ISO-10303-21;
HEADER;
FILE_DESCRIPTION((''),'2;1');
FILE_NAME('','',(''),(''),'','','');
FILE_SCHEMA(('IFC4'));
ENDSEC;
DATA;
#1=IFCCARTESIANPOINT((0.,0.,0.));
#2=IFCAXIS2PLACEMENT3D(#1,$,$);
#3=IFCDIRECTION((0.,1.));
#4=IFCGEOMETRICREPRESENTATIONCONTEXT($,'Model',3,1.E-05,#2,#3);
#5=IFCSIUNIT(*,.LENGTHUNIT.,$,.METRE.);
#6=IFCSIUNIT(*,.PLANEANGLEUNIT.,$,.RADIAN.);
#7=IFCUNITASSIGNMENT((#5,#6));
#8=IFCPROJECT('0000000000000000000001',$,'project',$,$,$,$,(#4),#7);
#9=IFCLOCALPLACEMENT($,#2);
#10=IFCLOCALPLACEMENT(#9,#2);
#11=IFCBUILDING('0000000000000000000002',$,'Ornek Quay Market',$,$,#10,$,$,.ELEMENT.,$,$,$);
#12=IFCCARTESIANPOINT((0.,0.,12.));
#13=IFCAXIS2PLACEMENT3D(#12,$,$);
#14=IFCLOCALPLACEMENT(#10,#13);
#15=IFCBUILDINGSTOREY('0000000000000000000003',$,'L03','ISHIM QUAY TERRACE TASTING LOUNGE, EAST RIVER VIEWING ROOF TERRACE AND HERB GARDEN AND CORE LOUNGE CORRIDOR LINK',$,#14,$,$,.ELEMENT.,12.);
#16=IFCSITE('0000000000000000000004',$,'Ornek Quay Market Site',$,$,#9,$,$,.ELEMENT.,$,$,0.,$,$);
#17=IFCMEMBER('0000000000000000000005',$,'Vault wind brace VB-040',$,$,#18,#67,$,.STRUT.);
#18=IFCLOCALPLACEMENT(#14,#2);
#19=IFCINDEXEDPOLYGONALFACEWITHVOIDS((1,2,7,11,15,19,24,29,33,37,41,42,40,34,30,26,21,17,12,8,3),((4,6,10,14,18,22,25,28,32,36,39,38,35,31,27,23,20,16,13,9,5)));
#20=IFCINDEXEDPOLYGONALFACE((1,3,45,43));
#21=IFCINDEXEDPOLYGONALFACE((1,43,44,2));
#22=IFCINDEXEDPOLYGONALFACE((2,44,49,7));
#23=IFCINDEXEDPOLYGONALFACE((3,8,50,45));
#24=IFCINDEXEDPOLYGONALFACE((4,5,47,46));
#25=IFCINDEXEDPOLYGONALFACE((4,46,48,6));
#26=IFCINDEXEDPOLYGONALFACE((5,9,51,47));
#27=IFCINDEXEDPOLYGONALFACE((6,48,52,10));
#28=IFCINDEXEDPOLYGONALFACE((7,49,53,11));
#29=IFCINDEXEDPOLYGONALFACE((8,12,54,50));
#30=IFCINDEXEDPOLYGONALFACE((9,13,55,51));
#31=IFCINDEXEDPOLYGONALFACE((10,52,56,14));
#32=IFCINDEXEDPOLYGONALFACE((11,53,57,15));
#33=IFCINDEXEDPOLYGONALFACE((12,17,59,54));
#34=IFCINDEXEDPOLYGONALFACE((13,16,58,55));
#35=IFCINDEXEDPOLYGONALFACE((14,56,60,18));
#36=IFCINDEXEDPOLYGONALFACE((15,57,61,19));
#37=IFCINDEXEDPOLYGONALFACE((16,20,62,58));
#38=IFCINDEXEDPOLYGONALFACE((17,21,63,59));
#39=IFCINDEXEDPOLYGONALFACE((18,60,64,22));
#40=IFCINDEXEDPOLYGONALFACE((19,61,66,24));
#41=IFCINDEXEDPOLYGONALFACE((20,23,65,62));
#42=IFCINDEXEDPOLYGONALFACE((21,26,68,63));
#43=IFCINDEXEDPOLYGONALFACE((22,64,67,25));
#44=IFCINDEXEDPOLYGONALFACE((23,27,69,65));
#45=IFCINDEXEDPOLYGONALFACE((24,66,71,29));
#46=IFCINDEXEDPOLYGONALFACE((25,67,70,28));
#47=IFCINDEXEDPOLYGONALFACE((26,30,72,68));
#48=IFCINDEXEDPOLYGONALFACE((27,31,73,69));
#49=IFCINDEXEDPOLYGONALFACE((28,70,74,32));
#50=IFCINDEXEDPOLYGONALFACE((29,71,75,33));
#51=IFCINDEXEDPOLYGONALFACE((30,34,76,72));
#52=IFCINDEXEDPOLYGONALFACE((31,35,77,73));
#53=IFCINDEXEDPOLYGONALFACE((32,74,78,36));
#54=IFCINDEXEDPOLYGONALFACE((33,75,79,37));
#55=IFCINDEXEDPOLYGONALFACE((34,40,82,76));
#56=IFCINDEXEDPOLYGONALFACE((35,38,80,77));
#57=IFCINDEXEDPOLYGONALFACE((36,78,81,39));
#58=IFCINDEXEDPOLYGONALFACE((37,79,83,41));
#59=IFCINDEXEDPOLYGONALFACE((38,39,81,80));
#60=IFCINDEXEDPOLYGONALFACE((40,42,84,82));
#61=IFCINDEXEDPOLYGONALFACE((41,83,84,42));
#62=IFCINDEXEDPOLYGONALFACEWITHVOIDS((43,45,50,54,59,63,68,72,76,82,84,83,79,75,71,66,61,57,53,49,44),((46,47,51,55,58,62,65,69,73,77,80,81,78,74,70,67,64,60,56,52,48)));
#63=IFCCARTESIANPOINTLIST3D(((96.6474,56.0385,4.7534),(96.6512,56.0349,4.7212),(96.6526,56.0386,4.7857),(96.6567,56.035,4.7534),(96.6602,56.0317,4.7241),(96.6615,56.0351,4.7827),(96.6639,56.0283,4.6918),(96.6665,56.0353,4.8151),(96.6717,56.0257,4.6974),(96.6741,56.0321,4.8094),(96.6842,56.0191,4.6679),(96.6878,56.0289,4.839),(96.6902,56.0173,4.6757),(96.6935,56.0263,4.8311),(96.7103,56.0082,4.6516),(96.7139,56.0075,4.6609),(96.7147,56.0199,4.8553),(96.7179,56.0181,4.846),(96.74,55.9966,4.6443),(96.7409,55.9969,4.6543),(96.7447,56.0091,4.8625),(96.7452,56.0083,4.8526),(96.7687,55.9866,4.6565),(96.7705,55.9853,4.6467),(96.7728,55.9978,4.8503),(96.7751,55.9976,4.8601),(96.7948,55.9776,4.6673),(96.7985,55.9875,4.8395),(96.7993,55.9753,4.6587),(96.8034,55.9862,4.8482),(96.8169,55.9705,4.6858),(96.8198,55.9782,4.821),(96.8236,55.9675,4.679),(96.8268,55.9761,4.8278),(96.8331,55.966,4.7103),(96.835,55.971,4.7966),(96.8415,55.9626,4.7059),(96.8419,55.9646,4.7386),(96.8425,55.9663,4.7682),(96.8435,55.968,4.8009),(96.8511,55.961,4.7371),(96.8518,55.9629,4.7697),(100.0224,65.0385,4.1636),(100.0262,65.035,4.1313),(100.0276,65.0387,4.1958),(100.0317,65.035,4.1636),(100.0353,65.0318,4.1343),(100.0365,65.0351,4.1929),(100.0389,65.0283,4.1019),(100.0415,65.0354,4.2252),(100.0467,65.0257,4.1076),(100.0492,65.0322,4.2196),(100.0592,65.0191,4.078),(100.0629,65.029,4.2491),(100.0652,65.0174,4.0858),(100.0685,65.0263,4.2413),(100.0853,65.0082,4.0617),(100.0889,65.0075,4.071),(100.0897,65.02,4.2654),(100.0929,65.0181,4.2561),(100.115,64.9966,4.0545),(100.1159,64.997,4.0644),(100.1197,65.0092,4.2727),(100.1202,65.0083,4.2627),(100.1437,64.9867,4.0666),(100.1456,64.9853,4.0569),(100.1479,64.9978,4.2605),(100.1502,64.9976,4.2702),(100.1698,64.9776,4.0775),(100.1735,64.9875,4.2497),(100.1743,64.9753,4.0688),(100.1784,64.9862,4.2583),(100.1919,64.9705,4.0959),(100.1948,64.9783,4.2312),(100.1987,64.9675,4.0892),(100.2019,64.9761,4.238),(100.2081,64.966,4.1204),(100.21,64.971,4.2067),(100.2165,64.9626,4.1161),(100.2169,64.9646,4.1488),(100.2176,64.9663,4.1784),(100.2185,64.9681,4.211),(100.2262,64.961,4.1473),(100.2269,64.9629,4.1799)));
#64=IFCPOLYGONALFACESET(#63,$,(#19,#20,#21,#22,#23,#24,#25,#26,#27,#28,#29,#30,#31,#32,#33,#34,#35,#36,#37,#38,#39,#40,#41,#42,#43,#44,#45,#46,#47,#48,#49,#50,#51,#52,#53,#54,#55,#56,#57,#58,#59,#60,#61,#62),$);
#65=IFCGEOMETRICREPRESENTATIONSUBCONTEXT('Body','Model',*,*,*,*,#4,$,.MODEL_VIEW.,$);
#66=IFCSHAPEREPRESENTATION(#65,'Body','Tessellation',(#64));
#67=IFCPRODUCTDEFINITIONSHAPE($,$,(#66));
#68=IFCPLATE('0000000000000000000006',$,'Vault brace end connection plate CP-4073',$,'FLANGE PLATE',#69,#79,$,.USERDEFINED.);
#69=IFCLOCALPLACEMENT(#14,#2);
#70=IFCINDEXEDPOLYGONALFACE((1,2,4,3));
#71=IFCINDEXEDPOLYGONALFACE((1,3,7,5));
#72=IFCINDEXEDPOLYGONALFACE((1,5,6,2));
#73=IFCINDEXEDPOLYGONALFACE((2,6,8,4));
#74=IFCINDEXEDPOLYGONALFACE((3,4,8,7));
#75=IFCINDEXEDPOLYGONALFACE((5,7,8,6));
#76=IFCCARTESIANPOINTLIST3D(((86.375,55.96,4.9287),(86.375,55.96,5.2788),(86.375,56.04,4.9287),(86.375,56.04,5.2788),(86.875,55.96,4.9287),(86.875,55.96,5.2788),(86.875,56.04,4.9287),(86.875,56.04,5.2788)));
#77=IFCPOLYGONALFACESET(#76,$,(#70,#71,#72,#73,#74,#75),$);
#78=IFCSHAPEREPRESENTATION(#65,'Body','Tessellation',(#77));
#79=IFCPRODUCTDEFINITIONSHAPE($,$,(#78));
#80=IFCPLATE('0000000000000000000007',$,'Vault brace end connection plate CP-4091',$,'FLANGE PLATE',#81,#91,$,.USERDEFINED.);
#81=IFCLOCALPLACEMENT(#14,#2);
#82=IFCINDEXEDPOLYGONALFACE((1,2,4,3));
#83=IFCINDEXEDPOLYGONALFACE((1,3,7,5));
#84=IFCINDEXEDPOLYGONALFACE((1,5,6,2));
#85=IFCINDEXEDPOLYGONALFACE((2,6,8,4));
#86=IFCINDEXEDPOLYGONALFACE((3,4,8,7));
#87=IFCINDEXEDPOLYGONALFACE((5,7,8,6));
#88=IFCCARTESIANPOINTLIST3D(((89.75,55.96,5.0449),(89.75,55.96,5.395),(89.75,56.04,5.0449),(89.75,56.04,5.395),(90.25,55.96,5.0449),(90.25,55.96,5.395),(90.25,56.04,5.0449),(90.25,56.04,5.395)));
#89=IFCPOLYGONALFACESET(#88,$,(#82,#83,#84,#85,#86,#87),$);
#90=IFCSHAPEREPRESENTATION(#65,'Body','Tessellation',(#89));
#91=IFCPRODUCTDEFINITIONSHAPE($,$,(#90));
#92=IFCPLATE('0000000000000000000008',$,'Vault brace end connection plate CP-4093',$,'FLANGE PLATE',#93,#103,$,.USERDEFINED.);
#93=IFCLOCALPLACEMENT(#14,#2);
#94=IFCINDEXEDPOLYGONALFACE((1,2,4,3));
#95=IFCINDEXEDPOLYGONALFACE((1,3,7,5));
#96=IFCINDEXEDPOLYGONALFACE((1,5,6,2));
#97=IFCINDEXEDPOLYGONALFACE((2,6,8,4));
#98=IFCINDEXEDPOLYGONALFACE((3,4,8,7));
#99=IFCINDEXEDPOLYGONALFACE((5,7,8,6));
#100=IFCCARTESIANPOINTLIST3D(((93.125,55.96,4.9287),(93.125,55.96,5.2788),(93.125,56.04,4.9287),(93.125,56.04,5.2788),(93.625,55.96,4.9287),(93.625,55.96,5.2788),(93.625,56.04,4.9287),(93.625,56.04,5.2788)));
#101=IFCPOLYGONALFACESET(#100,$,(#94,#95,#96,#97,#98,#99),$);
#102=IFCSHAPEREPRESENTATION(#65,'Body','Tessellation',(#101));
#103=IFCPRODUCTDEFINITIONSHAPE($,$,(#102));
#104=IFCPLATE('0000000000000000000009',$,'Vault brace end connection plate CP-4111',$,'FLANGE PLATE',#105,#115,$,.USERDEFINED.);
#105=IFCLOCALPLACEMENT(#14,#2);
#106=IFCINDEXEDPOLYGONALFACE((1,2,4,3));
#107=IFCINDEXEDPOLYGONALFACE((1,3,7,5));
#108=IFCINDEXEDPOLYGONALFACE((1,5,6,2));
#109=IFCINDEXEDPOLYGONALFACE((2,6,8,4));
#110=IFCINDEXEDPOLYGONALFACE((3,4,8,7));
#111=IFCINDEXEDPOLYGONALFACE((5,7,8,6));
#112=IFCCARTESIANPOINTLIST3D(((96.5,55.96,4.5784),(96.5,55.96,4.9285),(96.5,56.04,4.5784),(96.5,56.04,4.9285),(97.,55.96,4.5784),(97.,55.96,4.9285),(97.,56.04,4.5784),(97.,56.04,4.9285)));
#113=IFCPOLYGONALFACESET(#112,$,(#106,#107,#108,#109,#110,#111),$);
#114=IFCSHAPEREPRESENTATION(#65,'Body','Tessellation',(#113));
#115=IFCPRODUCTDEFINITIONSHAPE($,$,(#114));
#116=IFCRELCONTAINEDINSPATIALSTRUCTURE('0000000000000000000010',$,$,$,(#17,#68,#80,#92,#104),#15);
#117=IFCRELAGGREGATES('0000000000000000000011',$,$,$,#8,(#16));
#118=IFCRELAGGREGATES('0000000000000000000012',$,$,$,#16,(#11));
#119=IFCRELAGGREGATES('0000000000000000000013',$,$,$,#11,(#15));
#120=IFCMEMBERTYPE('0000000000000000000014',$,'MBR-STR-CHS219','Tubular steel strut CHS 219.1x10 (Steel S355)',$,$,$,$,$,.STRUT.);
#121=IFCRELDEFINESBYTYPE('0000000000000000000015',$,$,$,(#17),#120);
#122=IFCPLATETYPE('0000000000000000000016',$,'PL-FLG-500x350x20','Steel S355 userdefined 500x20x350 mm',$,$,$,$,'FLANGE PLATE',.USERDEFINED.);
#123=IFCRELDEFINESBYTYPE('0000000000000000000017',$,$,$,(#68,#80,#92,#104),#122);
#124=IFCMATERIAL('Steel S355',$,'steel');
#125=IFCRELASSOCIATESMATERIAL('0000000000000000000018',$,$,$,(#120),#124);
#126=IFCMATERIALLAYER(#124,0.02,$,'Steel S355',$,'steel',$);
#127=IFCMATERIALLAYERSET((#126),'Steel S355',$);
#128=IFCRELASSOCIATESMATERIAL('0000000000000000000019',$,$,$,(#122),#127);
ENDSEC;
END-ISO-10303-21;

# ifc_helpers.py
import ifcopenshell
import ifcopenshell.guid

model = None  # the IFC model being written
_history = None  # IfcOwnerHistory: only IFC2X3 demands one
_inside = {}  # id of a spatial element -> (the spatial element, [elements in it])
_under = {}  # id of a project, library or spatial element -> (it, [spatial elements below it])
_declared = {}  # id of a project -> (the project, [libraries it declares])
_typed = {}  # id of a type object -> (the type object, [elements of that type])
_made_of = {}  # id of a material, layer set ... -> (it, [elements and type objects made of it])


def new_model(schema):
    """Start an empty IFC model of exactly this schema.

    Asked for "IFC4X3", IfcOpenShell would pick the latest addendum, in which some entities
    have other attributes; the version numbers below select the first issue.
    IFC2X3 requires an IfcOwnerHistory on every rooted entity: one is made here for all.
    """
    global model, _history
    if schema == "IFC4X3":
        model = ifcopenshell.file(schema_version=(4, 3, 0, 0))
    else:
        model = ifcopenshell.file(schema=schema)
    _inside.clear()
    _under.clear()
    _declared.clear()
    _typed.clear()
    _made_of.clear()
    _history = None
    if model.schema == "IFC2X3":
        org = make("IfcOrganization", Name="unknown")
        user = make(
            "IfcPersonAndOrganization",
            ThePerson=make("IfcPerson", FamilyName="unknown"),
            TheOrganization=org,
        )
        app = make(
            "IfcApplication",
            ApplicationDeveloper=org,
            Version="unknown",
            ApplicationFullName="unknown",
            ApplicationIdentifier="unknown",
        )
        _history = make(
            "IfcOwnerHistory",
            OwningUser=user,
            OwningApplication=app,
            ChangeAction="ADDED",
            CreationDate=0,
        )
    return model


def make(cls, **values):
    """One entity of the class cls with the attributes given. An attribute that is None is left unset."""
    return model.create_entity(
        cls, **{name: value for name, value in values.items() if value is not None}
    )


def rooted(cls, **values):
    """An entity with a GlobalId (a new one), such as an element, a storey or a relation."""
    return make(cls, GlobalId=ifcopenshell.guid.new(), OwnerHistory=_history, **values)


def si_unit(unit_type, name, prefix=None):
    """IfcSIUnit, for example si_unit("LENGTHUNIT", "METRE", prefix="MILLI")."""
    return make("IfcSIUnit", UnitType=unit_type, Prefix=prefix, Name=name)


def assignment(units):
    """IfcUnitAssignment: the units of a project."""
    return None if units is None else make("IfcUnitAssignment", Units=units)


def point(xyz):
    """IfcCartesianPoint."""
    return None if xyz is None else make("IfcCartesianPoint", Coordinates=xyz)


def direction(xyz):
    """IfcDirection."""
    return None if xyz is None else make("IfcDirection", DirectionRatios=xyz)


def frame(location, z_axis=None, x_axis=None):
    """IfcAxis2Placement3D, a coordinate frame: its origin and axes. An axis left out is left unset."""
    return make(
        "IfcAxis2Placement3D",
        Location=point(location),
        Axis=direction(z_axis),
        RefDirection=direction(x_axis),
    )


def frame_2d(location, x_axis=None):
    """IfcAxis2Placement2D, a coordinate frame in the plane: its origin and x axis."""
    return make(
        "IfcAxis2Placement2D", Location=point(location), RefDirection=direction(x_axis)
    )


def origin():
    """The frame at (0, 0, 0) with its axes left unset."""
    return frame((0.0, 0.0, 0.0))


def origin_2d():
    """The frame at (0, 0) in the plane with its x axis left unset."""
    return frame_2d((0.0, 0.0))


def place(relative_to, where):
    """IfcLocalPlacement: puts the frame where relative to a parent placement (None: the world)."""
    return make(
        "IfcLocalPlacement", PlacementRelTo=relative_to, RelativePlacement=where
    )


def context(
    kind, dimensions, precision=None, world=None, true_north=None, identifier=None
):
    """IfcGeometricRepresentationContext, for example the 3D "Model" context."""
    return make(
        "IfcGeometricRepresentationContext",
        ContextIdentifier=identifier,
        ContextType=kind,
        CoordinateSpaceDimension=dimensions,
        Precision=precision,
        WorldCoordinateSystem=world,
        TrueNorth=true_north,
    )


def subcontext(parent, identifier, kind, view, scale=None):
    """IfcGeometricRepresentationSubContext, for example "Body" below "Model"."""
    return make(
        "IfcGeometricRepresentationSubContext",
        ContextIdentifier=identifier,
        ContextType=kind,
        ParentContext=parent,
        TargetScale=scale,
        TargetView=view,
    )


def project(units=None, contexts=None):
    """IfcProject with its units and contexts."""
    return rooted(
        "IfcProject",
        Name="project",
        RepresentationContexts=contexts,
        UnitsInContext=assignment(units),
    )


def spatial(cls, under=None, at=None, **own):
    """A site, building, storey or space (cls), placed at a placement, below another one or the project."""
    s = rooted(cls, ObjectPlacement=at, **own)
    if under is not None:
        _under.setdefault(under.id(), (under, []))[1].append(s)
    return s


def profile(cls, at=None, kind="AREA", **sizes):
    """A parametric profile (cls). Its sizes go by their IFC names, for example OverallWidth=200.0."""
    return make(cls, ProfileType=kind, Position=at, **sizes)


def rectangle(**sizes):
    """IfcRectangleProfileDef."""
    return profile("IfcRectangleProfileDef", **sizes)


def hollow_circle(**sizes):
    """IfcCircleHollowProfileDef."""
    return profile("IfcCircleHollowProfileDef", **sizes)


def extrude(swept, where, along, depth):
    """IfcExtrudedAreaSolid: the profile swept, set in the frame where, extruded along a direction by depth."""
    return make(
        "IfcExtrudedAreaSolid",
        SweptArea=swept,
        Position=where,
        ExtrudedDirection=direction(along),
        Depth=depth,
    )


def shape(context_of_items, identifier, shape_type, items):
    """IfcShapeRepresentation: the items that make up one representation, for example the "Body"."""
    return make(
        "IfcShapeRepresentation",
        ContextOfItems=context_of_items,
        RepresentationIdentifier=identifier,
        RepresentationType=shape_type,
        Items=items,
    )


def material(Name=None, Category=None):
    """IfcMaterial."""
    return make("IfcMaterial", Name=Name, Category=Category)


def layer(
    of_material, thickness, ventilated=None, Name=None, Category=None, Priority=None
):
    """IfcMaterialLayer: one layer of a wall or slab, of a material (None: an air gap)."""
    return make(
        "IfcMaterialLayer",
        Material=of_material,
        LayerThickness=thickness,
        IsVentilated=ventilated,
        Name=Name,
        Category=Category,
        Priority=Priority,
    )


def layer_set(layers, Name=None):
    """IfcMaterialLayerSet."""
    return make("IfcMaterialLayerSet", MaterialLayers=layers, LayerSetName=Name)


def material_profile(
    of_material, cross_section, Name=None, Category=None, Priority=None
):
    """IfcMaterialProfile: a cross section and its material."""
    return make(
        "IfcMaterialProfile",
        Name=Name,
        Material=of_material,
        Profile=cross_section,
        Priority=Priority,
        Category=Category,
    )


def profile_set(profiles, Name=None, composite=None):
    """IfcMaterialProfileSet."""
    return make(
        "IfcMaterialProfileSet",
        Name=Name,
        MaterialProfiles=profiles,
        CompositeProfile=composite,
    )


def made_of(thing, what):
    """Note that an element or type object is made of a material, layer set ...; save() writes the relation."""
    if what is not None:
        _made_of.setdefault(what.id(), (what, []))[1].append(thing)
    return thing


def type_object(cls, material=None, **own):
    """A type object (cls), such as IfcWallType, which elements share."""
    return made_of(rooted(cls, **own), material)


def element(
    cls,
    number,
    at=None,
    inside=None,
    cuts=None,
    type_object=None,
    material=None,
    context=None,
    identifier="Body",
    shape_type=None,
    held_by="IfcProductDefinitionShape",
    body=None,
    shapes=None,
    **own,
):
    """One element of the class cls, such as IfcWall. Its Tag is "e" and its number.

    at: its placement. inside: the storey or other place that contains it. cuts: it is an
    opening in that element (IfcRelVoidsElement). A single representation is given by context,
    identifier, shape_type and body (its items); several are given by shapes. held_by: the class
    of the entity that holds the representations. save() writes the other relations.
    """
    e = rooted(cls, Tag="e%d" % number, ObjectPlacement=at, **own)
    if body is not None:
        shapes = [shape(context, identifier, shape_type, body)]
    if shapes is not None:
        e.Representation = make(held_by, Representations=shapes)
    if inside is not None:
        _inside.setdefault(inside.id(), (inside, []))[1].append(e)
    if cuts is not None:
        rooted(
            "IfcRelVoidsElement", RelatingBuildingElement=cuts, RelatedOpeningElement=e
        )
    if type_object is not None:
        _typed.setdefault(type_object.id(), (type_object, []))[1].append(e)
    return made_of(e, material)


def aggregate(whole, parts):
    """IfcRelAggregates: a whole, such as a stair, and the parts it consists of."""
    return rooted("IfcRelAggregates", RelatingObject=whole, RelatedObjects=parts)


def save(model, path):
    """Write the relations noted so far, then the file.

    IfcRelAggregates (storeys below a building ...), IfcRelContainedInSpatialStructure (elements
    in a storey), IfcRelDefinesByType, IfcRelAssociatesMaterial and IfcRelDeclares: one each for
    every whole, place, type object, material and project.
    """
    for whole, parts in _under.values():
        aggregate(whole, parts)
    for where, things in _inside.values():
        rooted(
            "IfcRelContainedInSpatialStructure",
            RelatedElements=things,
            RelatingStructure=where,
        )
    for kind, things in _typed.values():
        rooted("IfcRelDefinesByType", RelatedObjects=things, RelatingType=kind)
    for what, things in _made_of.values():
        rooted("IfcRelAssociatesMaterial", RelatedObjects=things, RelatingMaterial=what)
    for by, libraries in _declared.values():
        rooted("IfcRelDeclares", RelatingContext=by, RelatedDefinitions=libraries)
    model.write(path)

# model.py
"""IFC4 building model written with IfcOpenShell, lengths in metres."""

from ifc_helpers import new_model, si_unit, direction, frame, origin, origin_2d, place, context, subcontext, project, spatial, rectangle, hollow_circle, extrude, material, layer, layer_set, material_profile, profile_set, type_object, element, save


model = new_model("IFC4")

# Units and contexts
model_context = context("Model", 3, precision=1e-05, world=origin(), true_north=direction((0.0, 1.0)))
body_context = subcontext(model_context, "Body", "Model", "MODEL_VIEW")
ifc_project = project(units=[si_unit("LENGTHUNIT", "METRE"), si_unit("PLANEANGLEUNIT", "RADIAN")], contexts=[model_context])

# Site, building, storey
site_placement = place(None, origin())
site = spatial("IfcSite", under=ifc_project, at=site_placement, Name="Ornek Quay Market Site", CompositionType="ELEMENT", RefElevation=0.0)
building_placement = place(site_placement, origin())
building = spatial("IfcBuilding", under=site, at=building_placement, Name="Ornek Quay Market", CompositionType="ELEMENT")
storey_placement = place(building_placement, frame((0.0, 0.0, 12.0)))
storey = spatial("IfcBuildingStorey", under=building, at=storey_placement, Name="L03", Description="ISHIM QUAY TERRACE TASTING LOUNGE, EAST RIVER VIEWING ROOF TERRACE AND HERB GARDEN AND CORE LOUNGE CORRIDOR LINK", CompositionType="ELEMENT", Elevation=12.0)

# Shared definitions
ifc_material_1 = material(Name="Steel S355", Category="steel")

# Member
ifc_material_profile_1 = material_profile(ifc_material_1, hollow_circle(Radius=0.1096, WallThickness=0.01, at=origin_2d()), Name="CHS 219.1x10", Category="steel")
ifc_profile_set_1 = profile_set([ifc_material_profile_1], Name="Steel S355")
member_type_1 = type_object("IfcMemberType", Name="MBR-STR-CHS219", Description="Tubular steel strut CHS 219.1x10 (Steel S355)", PredefinedType="STRUT", material=ifc_profile_set_1)
member_1_placement = place(storey_placement, frame((96.75, 56.0, 4.7534), z_axis=(0.350464, 0.934571, -0.06125), x_axis=(-0.936329, 0.351123, 0.0)))
element("IfcMember", 1, at=member_1_placement, inside=storey, type_object=member_type_1, Name="Vault wind brace VB-040", PredefinedType="STRUT", context=body_context, shape_type="SweptSolid", body=[
    extrude(hollow_circle(Radius=0.1096, WallThickness=0.01, at=origin_2d()), origin(), (0.0, 0.0, 1.0), 9.6301),
])

# Plates
ifc_layer = layer(ifc_material_1, 0.02, Name="Steel S355", Category="steel")
ifc_layer_set = layer_set([ifc_layer], Name="Steel S355")
plate_type = type_object("IfcPlateType", Name="PL-FLG-500x350x20", Description="Steel S355 userdefined 500x20x350 mm", ElementType="FLANGE PLATE", PredefinedType="USERDEFINED", material=ifc_layer_set)
for number, where, z_axis, x_axis, name in (
    (2, (86.625, 56.0, 4.9287), (0.0, 0.0, 1.0), (1.0, 0.0, 0.0), "Vault brace end connection plate CP-4073"),
    (3, (90.0, 56.0, 5.0449), (0.0, 0.0, 1.0), (1.0, 0.0, 0.0), "Vault brace end connection plate CP-4091"),
    (4, (93.375, 56.0, 4.9287), (0.0, 0.0, 1.0), (1.0, 0.0, 0.0), "Vault brace end connection plate CP-4093"),
    (5, (96.75, 56.0, 4.5784), (0.0, 0.0, 1.0), (1.0, 0.0, 0.0), "Vault brace end connection plate CP-4111"),
):
    element("IfcPlate", number, at=place(storey_placement, frame(where, z_axis=z_axis, x_axis=x_axis)), inside=storey, type_object=plate_type, Name=name, ObjectType="FLANGE PLATE", PredefinedType="USERDEFINED", context=body_context, shape_type="SweptSolid", body=[
        extrude(rectangle(XDim=0.5, YDim=0.0801, at=origin_2d()), origin(), (0.0, 0.0, 1.0), 0.3501),
    ])

save(model, "model.ifc")
